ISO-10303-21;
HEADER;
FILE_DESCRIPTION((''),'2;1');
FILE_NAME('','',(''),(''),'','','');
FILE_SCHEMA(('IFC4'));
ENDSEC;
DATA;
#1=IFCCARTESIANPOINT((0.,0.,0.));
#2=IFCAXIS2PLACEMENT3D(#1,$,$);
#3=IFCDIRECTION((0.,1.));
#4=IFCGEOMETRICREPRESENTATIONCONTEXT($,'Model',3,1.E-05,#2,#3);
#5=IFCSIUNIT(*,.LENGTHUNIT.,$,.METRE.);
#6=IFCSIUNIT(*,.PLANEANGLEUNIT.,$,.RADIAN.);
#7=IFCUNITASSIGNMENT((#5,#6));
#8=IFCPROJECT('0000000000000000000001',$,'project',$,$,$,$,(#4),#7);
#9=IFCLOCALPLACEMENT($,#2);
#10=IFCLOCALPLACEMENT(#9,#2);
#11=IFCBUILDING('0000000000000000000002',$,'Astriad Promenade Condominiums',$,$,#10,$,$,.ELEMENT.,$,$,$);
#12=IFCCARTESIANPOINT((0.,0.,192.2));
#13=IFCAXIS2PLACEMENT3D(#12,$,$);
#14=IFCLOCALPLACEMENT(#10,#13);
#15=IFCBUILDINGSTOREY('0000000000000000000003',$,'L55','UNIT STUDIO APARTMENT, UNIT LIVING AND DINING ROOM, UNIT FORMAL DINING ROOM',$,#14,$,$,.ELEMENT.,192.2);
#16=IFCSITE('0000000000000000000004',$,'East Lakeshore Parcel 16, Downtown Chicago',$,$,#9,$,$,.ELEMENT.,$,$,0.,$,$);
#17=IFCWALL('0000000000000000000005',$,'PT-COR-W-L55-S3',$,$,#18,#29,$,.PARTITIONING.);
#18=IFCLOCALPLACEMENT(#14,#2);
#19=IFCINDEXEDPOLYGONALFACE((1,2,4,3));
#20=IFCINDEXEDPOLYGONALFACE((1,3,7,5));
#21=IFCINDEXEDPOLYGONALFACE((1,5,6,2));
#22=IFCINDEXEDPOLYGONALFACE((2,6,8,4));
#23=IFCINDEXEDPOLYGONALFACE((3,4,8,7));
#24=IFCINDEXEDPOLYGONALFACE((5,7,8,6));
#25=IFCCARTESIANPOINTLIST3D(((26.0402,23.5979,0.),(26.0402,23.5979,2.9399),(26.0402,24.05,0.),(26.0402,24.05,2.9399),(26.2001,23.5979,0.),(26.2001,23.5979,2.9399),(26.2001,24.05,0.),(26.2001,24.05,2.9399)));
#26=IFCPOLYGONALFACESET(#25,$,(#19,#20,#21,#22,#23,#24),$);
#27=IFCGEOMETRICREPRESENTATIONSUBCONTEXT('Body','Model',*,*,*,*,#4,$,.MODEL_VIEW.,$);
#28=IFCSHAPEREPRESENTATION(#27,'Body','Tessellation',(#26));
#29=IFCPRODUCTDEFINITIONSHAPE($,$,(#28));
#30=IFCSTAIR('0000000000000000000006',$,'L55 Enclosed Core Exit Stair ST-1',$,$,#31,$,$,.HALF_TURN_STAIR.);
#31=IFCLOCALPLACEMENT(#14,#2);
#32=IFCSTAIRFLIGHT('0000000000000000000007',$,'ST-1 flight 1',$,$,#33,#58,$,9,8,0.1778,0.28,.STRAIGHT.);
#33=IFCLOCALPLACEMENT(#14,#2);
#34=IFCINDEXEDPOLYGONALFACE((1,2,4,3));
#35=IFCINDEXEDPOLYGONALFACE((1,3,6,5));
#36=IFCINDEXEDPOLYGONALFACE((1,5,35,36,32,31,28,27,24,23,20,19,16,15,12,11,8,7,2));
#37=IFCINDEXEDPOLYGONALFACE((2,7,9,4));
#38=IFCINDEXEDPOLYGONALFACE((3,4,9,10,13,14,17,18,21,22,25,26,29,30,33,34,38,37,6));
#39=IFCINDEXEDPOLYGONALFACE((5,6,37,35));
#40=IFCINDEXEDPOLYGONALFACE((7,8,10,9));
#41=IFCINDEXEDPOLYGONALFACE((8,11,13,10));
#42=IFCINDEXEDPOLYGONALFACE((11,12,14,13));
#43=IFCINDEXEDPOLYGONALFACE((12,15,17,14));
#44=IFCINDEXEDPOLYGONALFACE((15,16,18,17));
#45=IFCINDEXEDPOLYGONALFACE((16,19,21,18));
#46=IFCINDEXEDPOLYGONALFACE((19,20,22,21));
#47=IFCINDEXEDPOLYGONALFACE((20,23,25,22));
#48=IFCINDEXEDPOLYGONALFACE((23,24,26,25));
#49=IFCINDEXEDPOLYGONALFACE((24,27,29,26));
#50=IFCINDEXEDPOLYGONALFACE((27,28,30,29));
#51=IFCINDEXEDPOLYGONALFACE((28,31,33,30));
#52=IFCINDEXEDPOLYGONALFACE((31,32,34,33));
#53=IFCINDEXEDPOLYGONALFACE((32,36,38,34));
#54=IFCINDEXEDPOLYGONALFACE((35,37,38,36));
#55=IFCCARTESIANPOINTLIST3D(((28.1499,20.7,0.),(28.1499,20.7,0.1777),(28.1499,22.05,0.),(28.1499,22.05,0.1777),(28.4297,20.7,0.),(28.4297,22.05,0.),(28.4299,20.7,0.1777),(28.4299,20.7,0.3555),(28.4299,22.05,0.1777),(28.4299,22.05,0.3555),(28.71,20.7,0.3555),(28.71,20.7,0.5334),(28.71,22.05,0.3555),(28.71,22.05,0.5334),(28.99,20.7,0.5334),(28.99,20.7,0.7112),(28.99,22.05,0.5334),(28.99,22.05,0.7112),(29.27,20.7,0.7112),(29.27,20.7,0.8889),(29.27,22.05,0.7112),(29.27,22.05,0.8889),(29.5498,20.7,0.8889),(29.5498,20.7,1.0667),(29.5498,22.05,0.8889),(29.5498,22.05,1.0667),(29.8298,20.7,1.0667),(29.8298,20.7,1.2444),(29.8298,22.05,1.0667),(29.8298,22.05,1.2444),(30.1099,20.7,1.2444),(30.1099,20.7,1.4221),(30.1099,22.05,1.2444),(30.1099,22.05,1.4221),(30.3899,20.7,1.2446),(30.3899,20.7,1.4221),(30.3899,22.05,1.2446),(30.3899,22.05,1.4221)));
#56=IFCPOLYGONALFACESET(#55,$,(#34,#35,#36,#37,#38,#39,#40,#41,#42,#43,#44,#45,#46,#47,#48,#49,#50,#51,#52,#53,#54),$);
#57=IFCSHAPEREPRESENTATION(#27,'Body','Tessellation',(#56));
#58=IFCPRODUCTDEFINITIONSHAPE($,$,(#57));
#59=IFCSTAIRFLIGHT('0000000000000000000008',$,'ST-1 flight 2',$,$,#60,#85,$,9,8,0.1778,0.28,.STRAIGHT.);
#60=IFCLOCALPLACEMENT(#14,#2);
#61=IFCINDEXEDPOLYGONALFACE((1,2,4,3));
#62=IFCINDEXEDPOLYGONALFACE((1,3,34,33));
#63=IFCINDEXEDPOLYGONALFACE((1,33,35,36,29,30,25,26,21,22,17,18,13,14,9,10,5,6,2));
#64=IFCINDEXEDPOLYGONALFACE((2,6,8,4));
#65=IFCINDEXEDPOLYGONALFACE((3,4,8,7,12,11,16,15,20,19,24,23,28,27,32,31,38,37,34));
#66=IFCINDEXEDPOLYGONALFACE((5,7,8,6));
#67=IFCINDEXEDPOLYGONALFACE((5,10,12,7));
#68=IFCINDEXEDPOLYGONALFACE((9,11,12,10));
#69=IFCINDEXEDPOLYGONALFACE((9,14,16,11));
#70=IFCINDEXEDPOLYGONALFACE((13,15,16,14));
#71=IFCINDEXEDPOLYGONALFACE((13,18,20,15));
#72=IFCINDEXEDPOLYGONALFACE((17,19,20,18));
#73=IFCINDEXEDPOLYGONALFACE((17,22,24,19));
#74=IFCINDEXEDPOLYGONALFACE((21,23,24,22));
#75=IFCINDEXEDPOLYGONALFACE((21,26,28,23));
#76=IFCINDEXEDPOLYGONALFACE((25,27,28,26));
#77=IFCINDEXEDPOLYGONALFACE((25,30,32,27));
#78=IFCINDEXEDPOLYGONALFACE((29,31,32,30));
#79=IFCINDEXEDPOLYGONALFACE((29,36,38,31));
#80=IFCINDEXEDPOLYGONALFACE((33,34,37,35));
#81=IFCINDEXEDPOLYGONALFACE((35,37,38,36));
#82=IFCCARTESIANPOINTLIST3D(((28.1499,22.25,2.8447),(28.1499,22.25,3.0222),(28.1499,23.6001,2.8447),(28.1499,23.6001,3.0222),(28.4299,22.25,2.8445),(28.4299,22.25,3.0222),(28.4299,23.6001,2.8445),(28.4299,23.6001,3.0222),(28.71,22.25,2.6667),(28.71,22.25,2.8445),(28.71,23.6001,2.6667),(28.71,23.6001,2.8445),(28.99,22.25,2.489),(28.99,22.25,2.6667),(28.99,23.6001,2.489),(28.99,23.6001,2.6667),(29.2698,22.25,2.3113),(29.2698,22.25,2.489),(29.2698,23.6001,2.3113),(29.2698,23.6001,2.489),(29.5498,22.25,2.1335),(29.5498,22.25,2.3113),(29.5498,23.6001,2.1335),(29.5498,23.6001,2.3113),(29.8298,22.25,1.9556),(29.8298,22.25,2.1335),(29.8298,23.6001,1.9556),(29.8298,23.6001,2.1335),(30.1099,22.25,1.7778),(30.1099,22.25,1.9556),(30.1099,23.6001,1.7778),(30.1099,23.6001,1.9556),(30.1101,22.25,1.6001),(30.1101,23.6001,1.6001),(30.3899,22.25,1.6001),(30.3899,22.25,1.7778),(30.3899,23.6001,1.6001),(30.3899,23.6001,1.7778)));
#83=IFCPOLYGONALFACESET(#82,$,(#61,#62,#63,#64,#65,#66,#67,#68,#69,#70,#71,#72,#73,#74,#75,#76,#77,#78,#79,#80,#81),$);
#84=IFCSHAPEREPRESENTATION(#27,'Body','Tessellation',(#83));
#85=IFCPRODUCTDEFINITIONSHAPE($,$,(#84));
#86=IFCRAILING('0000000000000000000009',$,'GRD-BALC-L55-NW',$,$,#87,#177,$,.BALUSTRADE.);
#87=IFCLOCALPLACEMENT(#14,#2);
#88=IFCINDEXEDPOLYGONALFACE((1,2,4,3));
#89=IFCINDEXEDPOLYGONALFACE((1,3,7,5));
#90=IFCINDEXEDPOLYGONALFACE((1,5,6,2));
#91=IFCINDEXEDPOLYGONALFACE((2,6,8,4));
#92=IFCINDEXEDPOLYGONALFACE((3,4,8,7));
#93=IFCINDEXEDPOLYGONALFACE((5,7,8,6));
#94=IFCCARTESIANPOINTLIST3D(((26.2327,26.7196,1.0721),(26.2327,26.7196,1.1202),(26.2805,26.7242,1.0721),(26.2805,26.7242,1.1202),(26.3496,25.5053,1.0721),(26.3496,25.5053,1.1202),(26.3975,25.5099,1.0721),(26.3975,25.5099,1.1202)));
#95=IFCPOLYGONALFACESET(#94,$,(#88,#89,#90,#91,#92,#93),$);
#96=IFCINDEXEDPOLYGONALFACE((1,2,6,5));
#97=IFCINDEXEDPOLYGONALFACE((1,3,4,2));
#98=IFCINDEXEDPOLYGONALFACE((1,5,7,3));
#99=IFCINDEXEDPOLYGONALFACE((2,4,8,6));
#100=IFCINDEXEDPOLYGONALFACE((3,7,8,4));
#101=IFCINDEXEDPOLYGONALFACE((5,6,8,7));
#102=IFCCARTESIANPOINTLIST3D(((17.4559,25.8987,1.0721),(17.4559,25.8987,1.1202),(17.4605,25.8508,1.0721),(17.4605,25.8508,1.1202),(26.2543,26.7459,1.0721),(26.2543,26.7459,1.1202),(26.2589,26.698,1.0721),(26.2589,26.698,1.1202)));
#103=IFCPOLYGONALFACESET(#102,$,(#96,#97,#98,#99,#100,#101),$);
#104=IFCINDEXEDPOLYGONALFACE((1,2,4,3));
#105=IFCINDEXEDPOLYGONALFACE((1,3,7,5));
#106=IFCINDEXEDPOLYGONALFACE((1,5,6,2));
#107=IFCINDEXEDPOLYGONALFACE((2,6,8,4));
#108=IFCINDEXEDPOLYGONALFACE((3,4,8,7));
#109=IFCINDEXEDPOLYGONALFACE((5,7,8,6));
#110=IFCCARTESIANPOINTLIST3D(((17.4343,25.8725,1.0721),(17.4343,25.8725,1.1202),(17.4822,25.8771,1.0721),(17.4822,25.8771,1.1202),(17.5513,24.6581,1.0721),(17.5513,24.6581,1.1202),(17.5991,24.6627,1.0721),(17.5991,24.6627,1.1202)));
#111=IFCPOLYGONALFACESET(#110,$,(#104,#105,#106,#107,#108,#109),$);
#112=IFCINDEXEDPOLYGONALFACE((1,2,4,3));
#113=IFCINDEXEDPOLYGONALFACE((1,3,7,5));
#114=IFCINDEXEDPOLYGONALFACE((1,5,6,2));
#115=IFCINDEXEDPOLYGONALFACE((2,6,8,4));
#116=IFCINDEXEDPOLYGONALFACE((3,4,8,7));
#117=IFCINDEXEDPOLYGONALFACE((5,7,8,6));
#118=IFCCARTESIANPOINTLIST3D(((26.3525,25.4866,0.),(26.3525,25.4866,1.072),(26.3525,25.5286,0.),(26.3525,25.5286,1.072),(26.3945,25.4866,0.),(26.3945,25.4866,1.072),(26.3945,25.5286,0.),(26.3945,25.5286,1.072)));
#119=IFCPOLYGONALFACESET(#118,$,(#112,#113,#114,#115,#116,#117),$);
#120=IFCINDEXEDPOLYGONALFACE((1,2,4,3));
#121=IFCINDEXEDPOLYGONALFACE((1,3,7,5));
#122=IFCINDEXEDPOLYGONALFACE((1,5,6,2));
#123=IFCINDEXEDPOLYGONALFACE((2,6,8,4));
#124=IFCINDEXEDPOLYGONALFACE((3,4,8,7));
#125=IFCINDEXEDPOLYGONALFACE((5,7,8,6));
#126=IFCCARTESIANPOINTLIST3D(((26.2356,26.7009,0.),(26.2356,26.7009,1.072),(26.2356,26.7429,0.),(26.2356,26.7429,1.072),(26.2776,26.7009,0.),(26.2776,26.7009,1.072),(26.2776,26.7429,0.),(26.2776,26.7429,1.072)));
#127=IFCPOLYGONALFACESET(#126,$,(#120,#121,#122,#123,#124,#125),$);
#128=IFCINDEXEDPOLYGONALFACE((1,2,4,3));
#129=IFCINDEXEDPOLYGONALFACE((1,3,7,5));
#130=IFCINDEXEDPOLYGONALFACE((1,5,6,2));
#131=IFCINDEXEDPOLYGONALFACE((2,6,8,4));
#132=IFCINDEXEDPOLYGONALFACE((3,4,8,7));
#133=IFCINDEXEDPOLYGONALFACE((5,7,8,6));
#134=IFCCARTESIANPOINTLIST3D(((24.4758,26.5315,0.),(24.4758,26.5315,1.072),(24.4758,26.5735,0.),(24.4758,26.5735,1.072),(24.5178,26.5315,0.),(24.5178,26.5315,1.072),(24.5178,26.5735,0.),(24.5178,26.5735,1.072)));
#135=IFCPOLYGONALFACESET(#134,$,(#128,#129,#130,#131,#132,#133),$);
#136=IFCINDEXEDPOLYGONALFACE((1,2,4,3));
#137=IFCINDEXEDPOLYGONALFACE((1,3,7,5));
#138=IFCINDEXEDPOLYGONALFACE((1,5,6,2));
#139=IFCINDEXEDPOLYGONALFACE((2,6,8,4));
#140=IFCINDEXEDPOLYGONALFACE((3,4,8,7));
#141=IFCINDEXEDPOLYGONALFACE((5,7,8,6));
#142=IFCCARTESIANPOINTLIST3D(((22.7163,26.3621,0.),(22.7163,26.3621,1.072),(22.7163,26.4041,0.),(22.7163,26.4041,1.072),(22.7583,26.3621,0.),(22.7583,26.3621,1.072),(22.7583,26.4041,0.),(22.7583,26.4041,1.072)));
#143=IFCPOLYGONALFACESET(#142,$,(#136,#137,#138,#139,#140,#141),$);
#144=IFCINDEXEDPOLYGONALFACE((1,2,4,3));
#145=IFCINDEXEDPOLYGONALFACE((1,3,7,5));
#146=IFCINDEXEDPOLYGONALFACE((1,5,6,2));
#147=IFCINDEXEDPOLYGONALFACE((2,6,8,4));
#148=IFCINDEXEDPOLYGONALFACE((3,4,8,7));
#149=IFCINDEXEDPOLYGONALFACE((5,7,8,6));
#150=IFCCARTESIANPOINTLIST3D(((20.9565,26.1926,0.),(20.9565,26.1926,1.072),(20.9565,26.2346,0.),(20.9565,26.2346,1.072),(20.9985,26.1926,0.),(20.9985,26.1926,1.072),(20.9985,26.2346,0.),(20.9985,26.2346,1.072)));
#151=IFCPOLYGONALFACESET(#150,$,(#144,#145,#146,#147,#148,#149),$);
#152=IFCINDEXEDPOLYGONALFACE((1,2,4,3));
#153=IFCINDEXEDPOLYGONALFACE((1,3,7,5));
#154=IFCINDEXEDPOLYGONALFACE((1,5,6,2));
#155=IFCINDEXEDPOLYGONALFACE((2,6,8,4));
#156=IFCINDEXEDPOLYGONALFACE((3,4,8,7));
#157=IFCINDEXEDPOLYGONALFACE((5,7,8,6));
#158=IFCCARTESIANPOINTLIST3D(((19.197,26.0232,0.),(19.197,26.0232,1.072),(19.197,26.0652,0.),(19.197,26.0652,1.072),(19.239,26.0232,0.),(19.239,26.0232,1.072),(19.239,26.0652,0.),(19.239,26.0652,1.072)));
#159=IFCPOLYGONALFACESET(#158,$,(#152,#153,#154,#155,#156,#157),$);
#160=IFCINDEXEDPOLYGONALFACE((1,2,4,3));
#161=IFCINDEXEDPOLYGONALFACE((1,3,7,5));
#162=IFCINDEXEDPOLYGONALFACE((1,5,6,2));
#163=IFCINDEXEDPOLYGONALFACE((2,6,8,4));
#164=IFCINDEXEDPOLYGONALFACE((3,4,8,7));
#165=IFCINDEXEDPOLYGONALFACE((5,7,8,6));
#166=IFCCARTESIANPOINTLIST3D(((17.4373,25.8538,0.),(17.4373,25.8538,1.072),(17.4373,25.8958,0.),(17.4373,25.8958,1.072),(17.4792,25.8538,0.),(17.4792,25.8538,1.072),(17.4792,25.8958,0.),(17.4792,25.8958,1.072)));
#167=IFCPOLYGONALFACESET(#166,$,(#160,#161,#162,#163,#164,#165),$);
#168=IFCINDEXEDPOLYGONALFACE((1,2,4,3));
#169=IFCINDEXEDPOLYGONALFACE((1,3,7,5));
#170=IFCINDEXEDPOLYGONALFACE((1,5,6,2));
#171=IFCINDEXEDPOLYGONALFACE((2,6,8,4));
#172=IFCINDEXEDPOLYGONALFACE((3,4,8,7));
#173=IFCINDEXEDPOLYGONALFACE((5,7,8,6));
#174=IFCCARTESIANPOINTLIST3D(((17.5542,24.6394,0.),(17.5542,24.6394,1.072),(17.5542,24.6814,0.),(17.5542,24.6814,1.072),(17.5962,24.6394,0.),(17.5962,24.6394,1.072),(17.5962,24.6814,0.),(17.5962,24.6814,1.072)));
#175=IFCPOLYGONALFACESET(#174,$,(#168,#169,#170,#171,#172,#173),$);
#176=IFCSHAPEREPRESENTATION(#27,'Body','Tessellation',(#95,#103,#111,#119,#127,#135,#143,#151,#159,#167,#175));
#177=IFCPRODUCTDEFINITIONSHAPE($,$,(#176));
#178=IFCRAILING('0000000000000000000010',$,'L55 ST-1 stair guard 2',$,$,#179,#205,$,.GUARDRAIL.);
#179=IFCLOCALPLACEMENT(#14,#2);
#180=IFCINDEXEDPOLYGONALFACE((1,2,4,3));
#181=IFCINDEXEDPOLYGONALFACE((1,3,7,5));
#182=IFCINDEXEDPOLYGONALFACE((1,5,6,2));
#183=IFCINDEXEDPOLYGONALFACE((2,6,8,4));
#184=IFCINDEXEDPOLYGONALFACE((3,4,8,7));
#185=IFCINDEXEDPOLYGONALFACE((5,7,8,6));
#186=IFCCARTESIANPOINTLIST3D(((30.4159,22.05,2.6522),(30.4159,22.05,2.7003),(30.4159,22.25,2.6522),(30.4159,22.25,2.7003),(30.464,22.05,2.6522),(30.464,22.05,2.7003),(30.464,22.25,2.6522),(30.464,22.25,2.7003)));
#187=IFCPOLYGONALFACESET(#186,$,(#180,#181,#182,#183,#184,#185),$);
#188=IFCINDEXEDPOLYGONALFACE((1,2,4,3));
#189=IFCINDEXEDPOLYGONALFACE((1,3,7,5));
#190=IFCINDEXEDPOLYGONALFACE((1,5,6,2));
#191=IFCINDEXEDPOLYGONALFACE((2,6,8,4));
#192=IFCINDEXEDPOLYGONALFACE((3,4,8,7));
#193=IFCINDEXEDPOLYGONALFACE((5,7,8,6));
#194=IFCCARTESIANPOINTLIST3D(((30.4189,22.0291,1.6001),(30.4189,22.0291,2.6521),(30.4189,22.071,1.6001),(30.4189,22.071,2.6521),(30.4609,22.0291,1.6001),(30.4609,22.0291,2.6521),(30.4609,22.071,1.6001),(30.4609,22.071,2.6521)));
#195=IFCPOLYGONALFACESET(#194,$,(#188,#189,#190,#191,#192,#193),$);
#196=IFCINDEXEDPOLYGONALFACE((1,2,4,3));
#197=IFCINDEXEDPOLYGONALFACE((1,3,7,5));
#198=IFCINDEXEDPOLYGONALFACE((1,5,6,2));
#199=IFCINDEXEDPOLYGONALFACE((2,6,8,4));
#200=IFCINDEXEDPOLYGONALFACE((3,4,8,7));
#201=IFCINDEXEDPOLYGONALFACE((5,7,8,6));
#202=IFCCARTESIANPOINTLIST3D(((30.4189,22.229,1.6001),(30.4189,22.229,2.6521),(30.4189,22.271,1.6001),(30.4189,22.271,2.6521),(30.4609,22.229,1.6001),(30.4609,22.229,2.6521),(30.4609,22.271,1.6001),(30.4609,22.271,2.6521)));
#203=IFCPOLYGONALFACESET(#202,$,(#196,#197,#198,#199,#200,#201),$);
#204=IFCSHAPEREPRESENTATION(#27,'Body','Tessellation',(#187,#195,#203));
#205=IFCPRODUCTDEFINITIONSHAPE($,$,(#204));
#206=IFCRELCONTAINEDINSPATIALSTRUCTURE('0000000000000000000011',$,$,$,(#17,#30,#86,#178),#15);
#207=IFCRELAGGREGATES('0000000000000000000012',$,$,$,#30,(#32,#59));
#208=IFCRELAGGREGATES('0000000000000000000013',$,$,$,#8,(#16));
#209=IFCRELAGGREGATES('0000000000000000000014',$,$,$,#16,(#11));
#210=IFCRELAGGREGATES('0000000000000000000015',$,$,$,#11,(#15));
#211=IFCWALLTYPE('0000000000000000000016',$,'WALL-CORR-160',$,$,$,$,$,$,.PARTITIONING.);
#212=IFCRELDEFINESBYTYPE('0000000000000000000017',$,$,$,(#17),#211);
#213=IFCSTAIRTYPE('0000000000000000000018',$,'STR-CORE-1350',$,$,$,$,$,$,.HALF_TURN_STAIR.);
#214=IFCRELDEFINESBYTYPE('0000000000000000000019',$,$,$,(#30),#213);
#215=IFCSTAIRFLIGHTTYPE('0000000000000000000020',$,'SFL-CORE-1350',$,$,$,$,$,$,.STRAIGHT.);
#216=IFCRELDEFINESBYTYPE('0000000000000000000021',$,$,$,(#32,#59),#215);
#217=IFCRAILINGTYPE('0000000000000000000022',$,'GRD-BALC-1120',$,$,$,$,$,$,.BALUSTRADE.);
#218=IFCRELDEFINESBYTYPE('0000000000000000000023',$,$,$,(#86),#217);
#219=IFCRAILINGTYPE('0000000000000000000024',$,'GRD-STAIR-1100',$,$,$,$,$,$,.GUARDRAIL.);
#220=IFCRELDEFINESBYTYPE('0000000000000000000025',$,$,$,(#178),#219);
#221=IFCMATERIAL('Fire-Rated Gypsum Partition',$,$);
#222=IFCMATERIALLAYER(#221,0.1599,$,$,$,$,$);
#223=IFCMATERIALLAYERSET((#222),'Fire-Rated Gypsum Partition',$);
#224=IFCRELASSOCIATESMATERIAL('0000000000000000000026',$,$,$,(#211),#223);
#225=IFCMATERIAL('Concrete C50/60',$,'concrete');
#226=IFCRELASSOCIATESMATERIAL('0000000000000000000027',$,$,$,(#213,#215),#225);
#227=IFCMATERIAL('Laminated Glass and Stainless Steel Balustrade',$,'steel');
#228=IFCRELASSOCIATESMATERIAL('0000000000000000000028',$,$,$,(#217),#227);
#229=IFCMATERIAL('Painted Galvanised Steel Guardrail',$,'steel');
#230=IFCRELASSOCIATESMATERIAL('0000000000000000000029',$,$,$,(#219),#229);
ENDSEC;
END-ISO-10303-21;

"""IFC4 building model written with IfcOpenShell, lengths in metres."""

from ifc_helpers import new_model, si_unit, direction, frame, frame_2d, origin, origin_2d, place, context, subcontext, project, spatial, polyline, rectangle, outline, extrude, source, transform, mapped, material, layer, layer_set, type_object, type_shapes, element, aggregate, save


model = new_model("IFC4")

# Units and contexts
model_context = context("Model", 3, precision=1e-05, world=origin(), true_north=direction((0.0, 1.0)))
body_context = subcontext(model_context, "Body", "Model", "MODEL_VIEW")
ifc_project = project(units=[si_unit("LENGTHUNIT", "METRE"), si_unit("PLANEANGLEUNIT", "RADIAN")], contexts=[model_context])

# Site, building, storey
site_placement = place(None, origin())
site = spatial("IfcSite", under=ifc_project, at=site_placement, Name="East Lakeshore Parcel 16, Downtown Chicago", CompositionType="ELEMENT", RefElevation=0.0)
building_placement = place(site_placement, origin())
building = spatial("IfcBuilding", under=site, at=building_placement, Name="Astriad Promenade Condominiums", CompositionType="ELEMENT")
storey_placement = place(building_placement, frame((0.0, 0.0, 192.2)))
storey = spatial("IfcBuildingStorey", under=building, at=storey_placement, Name="L55", Description="UNIT STUDIO APARTMENT, UNIT LIVING AND DINING ROOM, UNIT FORMAL DINING ROOM", CompositionType="ELEMENT", Elevation=192.2)

# Shared definitions
ifc_material_1 = material(Name="Concrete C50/60", Category="concrete")

# Wall
ifc_material_2 = material(Name="Fire-Rated Gypsum Partition")
ifc_layer_1 = layer(ifc_material_2, 0.1599)
ifc_layer_set_1 = layer_set([ifc_layer_1], Name="Fire-Rated Gypsum Partition")
wall_type_1 = type_object("IfcWallType", Name="WALL-CORR-160", PredefinedType="PARTITIONING", material=ifc_layer_set_1)
wall_1_placement = place(storey_placement, frame((26.1201, 23.5979, 0.0), z_axis=(0.0, 0.0, 1.0), x_axis=(0.0, 1.0, 0.0)))
element("IfcWall", 1, at=wall_1_placement, inside=storey, type_object=wall_type_1, Name="PT-COR-W-L55-S3", PredefinedType="PARTITIONING", context=body_context, shape_type="SweptSolid", body=[
    extrude(rectangle(XDim=0.4521, YDim=0.1599, at=frame_2d((0.2261, 0.0))), origin(), (0.0, 0.0, 1.0), 2.9399),
])

# Stair, stair flights
stair_type = type_object("IfcStairType", Name="STR-CORE-1350", PredefinedType="HALF_TURN_STAIR", material=ifc_material_1)
stair_placement = place(storey_placement, origin())
stair = element("IfcStair", 2, at=stair_placement, inside=storey, type_object=stair_type, Name="L55 Enclosed Core Exit Stair ST-1", PredefinedType="HALF_TURN_STAIR")
stair_flight_type = type_object("IfcStairFlightType", Name="SFL-CORE-1350", PredefinedType="STRAIGHT", material=ifc_material_1)
shared_shape_1 = source(origin(), body_context, "Body", "SweptSolid", [
    extrude(outline(polyline([(0.0, 0.0), (0.0, 0.1777), (0.28, 0.1777), (0.28, 0.3555), (0.5601, 0.3555), (0.5601, 0.5334), (0.8401, 0.5334), (0.8401, 0.7112), (1.1201, 0.7112), (1.1201, 0.8889), (1.3999, 0.8889), (1.3999, 1.0667), (1.6799, 1.0667), (1.6799, 1.2444), (1.96, 1.2444), (1.96, 1.4221), (2.24, 1.4221), (2.24, 1.6001), (2.24, 1.2446), (0.2798, 0.0), (0.0, 0.0)])), frame((0.0, 0.675, 0.0), z_axis=(0.0, -1.0, 0.0), x_axis=(1.0, 0.0, 0.0)), (0.0, 0.0, 1.0), 1.3501),
])
type_shapes(stair_flight_type, [shared_shape_1])
stair_flight_1_placement = place(storey_placement, frame((28.1499, 21.375, 0.0), z_axis=(0.0, 0.0, 1.0), x_axis=(1.0, 0.0, 0.0)))
stair_flight_1 = element("IfcStairFlight", 3, at=stair_flight_1_placement, type_object=stair_flight_type, Name="ST-1 flight 1", NumberOfRisers=9, NumberOfTreads=8, PredefinedType="STRAIGHT", RiserHeight=0.1778, TreadLength=0.28, context=body_context, shape_type="MappedRepresentation", body=[
    mapped(shared_shape_1, transform((0.0, 0.0, 0.0), scale=1.0)),
])
stair_flight_2_placement = place(storey_placement, frame((30.3899, 22.925, 1.6001), z_axis=(0.0, 0.0, 1.0), x_axis=(-1.0, 0.0, 0.0)))
stair_flight_2 = element("IfcStairFlight", 4, at=stair_flight_2_placement, type_object=stair_flight_type, Name="ST-1 flight 2", NumberOfRisers=9, NumberOfTreads=8, PredefinedType="STRAIGHT", RiserHeight=0.1778, TreadLength=0.28, context=body_context, shape_type="MappedRepresentation", body=[
    mapped(shared_shape_1, transform((0.0, 0.0, 0.0), scale=1.0)),
])
aggregate(stair, [stair_flight_1, stair_flight_2])

# Railings
ifc_material_3 = material(Name="Laminated Glass and Stainless Steel Balustrade", Category="steel")
railing_type_1 = type_object("IfcRailingType", Name="GRD-BALC-1120", PredefinedType="BALUSTRADE", material=ifc_material_3)
shared_shape_2 = source(origin(), body_context, "Body", "SweptSolid", [
    extrude(rectangle(XDim=0.0481, YDim=0.0481, at=origin_2d()), frame((0.0, 0.0, 1.0962), z_axis=(-0.095857, 0.995395, 0.0), x_axis=(-0.995395, -0.095857, 0.0)), (0.0, 0.0, 1.0), 1.22),
    extrude(rectangle(XDim=0.0481, YDim=0.0481, at=origin_2d()), frame((-0.1169, 1.2144, 1.0962), z_axis=(-0.995396, -0.095844, 0.0), x_axis=(0.095844, -0.995396, 0.0)), (0.0, 0.0, 1.0), 8.8391),
    extrude(rectangle(XDim=0.0481, YDim=0.0481, at=origin_2d()), frame((-8.9153, 0.3672, 1.0962), z_axis=(0.095857, -0.995395, 0.0), x_axis=(0.995395, 0.095857, 0.0)), (0.0, 0.0, 1.0), 1.22),
    extrude(rectangle(XDim=0.042, YDim=0.042, at=origin_2d()), origin(), (0.0, 0.0, 1.0), 1.072),
    extrude(rectangle(XDim=0.042, YDim=0.042, at=origin_2d()), frame((-0.1169, 1.2144, 0.0)), (0.0, 0.0, 1.0), 1.072),
    extrude(rectangle(XDim=0.042, YDim=0.042, at=origin_2d()), frame((-1.8767, 1.0449, 0.0)), (0.0, 0.0, 1.0), 1.072),
    extrude(rectangle(XDim=0.042, YDim=0.042, at=origin_2d()), frame((-3.6362, 0.8755, 0.0)), (0.0, 0.0, 1.0), 1.072),
    extrude(rectangle(XDim=0.042, YDim=0.042, at=origin_2d()), frame((-5.396, 0.7061, 0.0)), (0.0, 0.0, 1.0), 1.072),
    extrude(rectangle(XDim=0.042, YDim=0.042, at=origin_2d()), frame((-7.1555, 0.5366, 0.0)), (0.0, 0.0, 1.0), 1.072),
    extrude(rectangle(XDim=0.042, YDim=0.042, at=origin_2d()), frame((-8.9153, 0.3672, 0.0)), (0.0, 0.0, 1.0), 1.072),
    extrude(rectangle(XDim=0.042, YDim=0.042, at=origin_2d()), frame((-8.7983, -0.8472, 0.0)), (0.0, 0.0, 1.0), 1.072),
])
type_shapes(railing_type_1, [shared_shape_2])
railing_1_placement = place(storey_placement, frame((26.3735, 25.5076, 0.0)))
element("IfcRailing", 5, at=railing_1_placement, inside=storey, type_object=railing_type_1, Name="GRD-BALC-L55-NW", PredefinedType="BALUSTRADE", context=body_context, shape_type="MappedRepresentation", body=[
    mapped(shared_shape_2, transform((0.0, 0.0, 0.0), scale=1.0)),
])
ifc_material_4 = material(Name="Painted Galvanised Steel Guardrail", Category="steel")
railing_type_2 = type_object("IfcRailingType", Name="GRD-STAIR-1100", PredefinedType="GUARDRAIL", material=ifc_material_4)
shared_shape_3 = source(origin(), body_context, "Body", "SweptSolid", [
    extrude(rectangle(XDim=0.0481, YDim=0.0481, at=origin_2d()), frame((0.0, 0.0, 1.0762), z_axis=(0.0, 1.0, 0.0), x_axis=(-1.0, 0.0, 0.0)), (0.0, 0.0, 1.0), 0.2),
    extrude(rectangle(XDim=0.042, YDim=0.042, at=origin_2d()), origin(), (0.0, 0.0, 1.0), 1.052),
    extrude(rectangle(XDim=0.042, YDim=0.042, at=origin_2d()), frame((0.0, 0.2, 0.0)), (0.0, 0.0, 1.0), 1.052),
])
for number, where, name in (
    (6, (30.4399, 22.05, 1.6001), "L55 ST-1 stair guard 2"),
):
    element("IfcRailing", number, at=place(storey_placement, frame(where)), inside=storey, type_object=railing_type_2, Name=name, PredefinedType="GUARDRAIL", context=body_context, shape_type="MappedRepresentation", body=[
        mapped(shared_shape_3, transform((0.0, 0.0, 0.0), scale=1.0)),
    ])

save(model, "model.ifc")
